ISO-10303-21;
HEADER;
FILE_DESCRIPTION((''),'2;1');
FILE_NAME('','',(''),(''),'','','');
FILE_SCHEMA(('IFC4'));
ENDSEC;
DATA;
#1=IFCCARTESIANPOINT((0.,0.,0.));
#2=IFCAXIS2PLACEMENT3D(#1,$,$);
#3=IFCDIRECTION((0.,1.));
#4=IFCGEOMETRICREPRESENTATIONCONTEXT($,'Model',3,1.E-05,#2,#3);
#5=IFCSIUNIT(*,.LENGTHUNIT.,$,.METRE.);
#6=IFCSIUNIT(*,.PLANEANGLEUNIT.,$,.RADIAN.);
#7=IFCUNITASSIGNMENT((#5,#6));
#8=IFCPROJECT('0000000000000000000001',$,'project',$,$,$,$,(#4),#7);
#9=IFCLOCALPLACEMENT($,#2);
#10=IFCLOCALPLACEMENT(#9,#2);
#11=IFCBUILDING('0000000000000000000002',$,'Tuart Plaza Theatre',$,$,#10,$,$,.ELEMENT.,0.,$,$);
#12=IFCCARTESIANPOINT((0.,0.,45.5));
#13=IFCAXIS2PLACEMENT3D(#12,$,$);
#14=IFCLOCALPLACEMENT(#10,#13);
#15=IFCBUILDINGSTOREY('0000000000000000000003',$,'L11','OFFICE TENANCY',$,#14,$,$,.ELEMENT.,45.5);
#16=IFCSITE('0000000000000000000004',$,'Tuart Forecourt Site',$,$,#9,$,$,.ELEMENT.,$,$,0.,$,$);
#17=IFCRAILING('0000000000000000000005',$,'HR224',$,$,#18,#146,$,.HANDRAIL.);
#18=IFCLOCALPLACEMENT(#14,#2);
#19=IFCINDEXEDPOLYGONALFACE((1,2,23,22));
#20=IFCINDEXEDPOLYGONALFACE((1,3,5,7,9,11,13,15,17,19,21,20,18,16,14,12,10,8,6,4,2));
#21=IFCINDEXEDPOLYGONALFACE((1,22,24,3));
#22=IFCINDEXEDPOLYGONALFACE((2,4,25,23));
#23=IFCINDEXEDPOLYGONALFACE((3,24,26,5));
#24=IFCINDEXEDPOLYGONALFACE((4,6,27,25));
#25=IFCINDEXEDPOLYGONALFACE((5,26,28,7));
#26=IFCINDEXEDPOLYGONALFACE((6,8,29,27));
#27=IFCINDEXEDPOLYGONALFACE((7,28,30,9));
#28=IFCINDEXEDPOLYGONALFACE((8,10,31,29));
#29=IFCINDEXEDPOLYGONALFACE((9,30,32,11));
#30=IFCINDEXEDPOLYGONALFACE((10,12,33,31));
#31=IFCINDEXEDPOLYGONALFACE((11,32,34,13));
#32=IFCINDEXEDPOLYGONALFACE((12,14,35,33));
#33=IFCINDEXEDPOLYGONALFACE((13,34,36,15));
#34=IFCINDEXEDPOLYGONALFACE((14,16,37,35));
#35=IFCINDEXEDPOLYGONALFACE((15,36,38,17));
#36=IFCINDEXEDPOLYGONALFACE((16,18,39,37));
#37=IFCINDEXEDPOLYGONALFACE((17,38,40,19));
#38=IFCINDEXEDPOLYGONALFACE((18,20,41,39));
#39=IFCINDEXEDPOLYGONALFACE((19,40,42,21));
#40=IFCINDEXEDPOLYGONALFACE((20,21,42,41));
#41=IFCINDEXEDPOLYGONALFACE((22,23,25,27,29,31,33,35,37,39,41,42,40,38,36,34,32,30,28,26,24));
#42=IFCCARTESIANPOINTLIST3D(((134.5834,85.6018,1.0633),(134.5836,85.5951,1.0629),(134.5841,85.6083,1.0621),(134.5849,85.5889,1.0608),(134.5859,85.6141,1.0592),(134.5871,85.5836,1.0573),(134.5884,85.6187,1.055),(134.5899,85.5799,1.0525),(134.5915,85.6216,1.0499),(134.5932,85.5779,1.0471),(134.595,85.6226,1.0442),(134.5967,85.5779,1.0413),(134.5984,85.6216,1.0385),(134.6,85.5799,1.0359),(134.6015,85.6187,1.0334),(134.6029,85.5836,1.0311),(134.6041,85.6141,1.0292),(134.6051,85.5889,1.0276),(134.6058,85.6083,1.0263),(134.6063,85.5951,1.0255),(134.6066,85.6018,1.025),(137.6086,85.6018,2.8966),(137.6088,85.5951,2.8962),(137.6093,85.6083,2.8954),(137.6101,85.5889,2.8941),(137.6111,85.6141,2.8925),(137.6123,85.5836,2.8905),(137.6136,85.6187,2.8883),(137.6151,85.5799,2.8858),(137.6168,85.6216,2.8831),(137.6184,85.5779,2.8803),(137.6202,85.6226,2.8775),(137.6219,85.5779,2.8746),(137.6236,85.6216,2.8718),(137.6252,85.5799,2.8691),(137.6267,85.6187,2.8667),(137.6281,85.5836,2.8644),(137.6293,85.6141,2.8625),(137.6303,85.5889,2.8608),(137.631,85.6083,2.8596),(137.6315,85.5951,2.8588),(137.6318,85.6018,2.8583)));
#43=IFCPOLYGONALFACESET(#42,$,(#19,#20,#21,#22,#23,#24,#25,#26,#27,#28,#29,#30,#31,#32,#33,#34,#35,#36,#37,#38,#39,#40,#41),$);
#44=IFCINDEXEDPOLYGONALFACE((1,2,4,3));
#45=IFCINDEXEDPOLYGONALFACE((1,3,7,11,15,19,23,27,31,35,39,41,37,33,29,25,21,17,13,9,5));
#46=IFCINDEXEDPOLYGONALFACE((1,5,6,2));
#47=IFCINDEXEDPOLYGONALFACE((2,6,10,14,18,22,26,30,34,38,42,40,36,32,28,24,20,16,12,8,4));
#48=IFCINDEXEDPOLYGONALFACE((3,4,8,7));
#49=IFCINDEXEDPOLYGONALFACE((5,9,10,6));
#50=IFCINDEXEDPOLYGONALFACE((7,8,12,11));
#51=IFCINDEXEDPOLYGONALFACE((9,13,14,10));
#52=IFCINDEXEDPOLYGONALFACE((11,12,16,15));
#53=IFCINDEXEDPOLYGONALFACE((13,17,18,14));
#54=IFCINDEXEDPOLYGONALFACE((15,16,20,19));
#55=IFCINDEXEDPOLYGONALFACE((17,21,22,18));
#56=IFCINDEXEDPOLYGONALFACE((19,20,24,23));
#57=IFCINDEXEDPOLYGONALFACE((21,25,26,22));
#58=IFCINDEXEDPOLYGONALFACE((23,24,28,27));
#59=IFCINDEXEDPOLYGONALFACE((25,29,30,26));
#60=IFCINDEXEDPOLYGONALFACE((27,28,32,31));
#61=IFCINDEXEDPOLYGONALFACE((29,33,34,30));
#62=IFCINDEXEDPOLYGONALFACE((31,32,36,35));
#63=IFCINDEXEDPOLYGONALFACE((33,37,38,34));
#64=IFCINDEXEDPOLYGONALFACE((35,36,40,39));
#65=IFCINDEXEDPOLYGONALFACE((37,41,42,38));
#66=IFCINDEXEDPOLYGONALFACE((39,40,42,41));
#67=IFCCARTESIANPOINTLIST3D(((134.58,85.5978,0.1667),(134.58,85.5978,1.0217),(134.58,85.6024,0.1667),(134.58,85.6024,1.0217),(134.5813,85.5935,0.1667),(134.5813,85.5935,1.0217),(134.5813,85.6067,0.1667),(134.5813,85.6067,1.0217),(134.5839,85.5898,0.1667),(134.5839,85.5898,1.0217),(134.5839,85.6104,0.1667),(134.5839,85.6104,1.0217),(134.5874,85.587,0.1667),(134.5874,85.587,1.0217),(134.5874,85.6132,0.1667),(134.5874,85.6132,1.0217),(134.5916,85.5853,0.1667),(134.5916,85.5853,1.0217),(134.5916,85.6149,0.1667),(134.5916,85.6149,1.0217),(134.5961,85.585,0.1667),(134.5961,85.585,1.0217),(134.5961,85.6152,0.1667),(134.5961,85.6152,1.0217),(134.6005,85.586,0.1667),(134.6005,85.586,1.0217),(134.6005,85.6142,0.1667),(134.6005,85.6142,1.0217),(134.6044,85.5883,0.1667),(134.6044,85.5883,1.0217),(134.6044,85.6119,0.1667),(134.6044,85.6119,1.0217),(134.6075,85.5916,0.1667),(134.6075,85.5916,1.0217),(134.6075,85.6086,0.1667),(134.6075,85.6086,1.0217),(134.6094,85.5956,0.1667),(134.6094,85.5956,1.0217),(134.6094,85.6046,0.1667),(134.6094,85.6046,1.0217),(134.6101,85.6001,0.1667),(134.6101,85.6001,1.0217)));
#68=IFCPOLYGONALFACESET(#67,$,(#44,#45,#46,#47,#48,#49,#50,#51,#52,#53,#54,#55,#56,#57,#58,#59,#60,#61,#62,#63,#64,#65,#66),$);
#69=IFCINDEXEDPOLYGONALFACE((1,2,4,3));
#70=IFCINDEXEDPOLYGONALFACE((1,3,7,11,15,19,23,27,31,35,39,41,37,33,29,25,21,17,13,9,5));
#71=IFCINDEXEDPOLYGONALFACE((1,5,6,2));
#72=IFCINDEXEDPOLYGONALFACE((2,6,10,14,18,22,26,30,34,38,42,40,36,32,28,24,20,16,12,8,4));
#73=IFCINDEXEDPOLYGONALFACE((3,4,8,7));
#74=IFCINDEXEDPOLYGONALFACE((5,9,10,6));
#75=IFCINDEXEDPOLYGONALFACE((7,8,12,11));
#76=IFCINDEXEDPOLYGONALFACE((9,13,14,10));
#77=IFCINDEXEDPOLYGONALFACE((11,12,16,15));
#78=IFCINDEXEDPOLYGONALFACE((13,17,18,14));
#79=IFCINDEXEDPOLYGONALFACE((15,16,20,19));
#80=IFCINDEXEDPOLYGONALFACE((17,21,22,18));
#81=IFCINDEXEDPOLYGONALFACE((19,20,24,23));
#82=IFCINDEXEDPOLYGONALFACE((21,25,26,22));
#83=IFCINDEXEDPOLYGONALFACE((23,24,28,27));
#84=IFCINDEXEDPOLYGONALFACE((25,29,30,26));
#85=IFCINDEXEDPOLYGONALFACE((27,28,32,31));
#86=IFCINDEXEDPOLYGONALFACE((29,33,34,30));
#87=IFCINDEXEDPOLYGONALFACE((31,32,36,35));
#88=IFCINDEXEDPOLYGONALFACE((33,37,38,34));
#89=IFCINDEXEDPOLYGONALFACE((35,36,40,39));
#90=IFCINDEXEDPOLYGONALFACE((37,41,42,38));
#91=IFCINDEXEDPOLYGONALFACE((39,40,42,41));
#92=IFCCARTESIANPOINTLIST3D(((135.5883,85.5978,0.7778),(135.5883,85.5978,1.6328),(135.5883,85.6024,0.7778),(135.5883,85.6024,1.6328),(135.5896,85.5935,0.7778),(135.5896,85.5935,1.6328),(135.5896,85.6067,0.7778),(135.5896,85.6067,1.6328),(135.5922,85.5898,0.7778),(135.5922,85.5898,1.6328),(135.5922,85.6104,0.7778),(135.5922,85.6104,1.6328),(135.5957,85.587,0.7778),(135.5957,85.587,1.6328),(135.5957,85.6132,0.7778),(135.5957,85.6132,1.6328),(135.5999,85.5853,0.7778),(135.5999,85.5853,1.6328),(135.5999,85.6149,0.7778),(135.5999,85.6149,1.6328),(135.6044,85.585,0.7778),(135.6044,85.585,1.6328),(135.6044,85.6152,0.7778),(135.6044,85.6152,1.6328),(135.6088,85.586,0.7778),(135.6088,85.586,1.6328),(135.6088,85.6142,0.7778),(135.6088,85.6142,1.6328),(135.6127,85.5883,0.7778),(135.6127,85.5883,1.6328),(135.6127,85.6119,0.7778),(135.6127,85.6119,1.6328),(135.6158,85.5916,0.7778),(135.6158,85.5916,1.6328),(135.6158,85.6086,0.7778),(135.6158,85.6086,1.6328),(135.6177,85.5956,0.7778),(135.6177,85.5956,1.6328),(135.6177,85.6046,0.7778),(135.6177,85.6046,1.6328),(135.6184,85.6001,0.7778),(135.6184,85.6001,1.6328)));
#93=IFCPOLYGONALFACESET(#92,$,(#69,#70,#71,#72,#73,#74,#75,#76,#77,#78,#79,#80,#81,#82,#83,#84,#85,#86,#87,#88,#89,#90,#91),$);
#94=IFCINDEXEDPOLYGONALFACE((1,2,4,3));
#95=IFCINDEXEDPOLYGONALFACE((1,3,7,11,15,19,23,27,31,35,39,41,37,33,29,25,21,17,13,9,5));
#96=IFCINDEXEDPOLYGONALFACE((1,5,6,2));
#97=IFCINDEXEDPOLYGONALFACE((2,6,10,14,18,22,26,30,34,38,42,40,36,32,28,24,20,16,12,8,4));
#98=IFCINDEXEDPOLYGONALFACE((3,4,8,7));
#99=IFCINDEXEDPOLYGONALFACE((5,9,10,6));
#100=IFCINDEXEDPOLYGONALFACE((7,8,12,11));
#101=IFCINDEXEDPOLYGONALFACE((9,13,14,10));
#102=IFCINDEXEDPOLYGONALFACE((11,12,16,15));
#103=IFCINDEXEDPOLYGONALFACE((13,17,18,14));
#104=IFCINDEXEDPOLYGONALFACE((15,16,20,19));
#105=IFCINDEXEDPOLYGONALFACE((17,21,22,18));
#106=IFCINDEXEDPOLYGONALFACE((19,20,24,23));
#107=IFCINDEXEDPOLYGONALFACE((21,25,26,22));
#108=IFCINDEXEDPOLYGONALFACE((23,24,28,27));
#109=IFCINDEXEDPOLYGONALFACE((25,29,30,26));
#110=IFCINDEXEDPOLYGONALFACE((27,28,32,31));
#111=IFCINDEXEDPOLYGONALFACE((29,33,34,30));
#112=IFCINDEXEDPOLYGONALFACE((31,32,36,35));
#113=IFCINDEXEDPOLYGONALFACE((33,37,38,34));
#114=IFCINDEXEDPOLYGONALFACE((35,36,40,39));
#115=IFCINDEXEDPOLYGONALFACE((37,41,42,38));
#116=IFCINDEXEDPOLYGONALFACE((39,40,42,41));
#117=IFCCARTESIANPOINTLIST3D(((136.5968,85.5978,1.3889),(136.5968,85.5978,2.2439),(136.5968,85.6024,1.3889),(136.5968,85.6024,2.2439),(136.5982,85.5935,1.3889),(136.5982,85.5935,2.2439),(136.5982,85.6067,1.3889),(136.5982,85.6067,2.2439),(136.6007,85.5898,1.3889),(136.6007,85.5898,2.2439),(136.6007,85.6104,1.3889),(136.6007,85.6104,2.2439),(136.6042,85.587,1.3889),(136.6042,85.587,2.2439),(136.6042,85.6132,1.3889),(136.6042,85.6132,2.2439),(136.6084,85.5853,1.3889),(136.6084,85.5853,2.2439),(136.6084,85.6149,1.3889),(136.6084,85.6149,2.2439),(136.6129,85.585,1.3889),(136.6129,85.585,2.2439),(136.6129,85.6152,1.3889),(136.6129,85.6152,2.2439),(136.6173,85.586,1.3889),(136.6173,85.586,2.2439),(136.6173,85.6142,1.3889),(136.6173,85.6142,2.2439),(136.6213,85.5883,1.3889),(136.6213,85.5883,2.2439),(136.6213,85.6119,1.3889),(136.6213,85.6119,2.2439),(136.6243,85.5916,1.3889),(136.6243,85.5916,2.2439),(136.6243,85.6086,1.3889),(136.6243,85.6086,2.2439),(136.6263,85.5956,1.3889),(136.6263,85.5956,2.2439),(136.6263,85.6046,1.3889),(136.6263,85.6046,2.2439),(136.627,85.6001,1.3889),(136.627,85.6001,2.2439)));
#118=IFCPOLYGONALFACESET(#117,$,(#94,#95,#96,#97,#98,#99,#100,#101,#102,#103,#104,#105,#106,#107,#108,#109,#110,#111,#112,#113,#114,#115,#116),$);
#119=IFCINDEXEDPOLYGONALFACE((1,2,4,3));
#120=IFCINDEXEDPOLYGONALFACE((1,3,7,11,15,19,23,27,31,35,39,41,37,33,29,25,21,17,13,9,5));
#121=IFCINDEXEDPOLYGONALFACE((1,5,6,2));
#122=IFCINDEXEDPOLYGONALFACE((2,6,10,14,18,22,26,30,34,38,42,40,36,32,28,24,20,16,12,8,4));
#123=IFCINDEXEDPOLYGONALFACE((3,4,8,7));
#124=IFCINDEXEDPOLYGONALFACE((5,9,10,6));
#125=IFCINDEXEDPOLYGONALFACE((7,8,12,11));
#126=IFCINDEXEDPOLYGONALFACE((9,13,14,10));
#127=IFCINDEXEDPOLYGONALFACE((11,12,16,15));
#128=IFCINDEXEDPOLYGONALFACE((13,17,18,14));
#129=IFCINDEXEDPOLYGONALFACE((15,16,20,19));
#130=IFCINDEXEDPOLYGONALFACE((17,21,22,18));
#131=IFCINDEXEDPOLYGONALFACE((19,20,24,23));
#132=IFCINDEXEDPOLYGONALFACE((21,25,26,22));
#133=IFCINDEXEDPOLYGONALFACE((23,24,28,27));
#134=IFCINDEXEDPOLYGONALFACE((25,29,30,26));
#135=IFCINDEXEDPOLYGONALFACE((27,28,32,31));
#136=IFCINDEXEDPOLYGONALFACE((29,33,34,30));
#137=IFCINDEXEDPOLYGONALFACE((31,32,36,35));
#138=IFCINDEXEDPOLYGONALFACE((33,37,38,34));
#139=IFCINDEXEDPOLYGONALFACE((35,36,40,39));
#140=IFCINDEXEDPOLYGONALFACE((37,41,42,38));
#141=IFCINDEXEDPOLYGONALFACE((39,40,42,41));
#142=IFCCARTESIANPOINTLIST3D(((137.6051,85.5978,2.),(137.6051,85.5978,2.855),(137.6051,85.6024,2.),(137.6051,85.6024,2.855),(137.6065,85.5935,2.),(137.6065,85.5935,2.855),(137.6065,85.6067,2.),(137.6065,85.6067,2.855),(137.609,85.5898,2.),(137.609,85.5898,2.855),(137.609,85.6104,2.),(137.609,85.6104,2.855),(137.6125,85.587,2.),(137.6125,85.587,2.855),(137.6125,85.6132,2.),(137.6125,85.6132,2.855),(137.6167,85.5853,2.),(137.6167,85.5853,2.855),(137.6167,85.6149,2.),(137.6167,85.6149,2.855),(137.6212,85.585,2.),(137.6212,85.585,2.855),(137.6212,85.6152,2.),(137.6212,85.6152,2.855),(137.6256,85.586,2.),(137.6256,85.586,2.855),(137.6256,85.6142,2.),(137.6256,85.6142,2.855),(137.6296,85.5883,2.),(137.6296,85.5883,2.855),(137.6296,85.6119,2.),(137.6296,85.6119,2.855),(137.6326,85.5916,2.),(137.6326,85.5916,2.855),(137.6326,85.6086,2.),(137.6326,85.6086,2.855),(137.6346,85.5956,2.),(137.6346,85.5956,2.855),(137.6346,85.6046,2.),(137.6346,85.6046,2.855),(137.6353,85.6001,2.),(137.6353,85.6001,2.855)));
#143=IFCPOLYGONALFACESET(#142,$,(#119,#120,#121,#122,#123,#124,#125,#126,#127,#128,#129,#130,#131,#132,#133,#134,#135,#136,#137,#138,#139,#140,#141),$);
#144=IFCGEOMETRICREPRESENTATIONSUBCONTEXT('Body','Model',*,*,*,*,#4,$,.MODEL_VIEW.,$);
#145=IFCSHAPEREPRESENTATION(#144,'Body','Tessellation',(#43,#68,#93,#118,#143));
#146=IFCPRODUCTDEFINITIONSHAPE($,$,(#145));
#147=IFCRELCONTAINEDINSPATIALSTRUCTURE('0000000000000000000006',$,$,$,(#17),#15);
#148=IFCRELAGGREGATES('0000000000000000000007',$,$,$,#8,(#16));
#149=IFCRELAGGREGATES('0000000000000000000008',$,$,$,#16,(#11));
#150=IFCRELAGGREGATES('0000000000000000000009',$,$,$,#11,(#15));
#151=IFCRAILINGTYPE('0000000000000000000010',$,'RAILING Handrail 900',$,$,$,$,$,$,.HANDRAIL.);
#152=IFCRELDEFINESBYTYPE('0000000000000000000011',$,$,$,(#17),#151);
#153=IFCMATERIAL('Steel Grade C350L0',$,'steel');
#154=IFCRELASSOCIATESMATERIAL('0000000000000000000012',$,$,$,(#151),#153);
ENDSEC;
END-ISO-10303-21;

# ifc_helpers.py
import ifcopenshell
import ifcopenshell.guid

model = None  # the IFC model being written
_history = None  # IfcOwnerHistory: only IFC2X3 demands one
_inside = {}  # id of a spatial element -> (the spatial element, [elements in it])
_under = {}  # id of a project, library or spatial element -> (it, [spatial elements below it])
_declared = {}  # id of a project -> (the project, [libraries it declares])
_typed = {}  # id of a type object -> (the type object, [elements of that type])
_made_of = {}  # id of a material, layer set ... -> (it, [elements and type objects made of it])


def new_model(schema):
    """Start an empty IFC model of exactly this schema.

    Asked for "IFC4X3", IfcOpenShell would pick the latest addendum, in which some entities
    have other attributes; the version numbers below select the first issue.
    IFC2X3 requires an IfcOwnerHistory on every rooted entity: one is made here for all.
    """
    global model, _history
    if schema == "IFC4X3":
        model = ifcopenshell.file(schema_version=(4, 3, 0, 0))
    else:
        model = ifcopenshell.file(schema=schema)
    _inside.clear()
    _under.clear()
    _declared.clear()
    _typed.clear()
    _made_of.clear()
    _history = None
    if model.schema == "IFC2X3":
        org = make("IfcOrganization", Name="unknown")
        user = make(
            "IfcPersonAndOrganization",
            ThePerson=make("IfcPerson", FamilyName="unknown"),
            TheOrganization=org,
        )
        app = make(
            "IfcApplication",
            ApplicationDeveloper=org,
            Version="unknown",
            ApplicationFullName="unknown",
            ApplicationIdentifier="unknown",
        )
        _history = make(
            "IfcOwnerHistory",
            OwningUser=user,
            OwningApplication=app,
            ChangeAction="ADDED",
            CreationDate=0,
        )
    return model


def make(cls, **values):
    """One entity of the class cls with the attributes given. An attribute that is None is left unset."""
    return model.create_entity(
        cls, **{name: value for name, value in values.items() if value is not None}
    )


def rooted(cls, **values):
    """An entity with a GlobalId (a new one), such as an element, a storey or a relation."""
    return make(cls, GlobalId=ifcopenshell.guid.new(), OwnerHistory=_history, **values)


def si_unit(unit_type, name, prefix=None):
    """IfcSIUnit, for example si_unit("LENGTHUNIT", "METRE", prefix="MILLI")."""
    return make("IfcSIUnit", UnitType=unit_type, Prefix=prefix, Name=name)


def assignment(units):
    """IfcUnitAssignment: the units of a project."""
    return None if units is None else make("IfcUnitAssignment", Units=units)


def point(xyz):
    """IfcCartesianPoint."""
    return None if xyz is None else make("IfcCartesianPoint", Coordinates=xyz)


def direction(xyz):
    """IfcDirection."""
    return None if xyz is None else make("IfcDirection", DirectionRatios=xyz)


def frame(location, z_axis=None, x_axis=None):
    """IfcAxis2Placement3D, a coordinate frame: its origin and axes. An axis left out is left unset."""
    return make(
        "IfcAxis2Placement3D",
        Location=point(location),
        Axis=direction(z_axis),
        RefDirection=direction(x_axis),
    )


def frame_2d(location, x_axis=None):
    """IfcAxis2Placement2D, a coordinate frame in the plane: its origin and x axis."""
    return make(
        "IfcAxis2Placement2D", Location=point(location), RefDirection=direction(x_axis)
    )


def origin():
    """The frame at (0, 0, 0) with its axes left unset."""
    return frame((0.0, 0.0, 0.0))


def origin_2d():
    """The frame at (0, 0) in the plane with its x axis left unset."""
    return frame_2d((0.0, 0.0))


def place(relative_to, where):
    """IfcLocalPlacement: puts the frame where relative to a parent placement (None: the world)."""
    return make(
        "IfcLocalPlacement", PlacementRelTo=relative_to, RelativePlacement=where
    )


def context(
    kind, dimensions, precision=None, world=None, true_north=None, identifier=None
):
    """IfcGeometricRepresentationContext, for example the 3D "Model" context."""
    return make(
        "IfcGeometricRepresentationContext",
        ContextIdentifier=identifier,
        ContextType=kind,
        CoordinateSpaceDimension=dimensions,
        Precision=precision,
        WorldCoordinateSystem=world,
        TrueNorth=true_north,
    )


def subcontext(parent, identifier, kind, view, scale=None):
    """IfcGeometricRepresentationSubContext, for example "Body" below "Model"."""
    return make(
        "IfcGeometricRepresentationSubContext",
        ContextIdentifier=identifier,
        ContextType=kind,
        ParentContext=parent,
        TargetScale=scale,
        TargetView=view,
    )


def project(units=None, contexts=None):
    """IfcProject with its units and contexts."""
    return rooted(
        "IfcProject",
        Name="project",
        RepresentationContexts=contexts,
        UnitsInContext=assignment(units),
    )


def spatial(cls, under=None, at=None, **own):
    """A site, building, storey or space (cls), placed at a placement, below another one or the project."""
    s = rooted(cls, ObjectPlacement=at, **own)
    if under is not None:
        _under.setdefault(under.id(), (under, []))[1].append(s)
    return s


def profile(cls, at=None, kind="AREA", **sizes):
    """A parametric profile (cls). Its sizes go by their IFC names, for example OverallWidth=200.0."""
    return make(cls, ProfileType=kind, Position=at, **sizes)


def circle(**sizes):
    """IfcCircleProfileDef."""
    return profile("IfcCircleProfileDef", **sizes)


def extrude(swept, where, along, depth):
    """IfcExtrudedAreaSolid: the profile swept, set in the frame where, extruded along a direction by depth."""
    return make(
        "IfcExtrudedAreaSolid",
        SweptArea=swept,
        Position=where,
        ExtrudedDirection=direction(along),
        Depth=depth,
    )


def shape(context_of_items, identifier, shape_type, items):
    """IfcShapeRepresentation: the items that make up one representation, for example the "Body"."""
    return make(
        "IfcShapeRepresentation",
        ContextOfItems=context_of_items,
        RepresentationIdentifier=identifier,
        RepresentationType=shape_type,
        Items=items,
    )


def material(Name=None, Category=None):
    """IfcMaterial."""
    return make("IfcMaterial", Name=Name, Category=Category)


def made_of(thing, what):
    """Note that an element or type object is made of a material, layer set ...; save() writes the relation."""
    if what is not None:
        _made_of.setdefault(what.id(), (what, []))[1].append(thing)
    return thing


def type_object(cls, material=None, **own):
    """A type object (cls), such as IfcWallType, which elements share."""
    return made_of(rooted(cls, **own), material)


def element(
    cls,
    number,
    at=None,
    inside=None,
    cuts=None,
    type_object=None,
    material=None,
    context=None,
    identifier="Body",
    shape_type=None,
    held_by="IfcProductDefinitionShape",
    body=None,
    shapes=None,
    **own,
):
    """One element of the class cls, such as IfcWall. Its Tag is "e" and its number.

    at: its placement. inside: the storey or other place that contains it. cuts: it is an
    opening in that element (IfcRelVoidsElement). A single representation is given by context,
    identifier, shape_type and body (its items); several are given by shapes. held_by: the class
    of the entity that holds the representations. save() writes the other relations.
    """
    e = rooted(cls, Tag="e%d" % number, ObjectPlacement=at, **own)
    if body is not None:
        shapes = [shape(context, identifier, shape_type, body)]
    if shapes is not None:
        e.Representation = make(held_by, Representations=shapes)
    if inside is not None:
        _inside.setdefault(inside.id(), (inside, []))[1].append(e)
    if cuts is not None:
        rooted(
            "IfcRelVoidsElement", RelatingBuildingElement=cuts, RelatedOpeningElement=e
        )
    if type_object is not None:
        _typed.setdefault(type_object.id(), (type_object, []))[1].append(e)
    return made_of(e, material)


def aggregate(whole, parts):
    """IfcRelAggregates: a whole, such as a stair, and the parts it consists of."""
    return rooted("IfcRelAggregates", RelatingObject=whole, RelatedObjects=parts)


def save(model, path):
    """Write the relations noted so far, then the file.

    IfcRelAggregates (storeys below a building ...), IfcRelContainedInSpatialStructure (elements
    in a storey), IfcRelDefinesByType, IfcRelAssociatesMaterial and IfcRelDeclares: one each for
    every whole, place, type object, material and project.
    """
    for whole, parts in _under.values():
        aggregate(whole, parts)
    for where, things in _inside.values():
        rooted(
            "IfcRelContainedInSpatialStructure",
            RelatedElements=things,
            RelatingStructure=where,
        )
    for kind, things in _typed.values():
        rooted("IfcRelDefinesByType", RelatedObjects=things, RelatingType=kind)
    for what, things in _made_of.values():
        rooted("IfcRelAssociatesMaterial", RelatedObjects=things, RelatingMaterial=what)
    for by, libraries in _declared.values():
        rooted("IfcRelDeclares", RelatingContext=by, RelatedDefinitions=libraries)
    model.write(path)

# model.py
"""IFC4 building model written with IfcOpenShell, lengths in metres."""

from ifc_helpers import new_model, si_unit, direction, frame, origin, origin_2d, place, context, subcontext, project, spatial, circle, extrude, material, type_object, element, save


model = new_model("IFC4")

# Units and contexts
model_context = context("Model", 3, precision=1e-05, world=origin(), true_north=direction((0.0, 1.0)))
body_context = subcontext(model_context, "Body", "Model", "MODEL_VIEW")
ifc_project = project(units=[si_unit("LENGTHUNIT", "METRE"), si_unit("PLANEANGLEUNIT", "RADIAN")], contexts=[model_context])

# Site, building, storey
site_placement = place(None, origin())
site = spatial("IfcSite", under=ifc_project, at=site_placement, Name="Tuart Forecourt Site", CompositionType="ELEMENT", RefElevation=0.0)
building_placement = place(site_placement, origin())
building = spatial("IfcBuilding", under=site, at=building_placement, Name="Tuart Plaza Theatre", CompositionType="ELEMENT", ElevationOfRefHeight=0.0)
storey_placement = place(building_placement, frame((0.0, 0.0, 45.5)))
storey = spatial("IfcBuildingStorey", under=building, at=storey_placement, Name="L11", Description="OFFICE TENANCY", CompositionType="ELEMENT", Elevation=45.5)

# Railing
ifc_material_1 = material(Name="Steel Grade C350L0", Category="steel")
railing_type_1 = type_object("IfcRailingType", Name="RAILING Handrail 900", PredefinedType="HANDRAIL", material=ifc_material_1)
for number, where, name in (
    (1, (134.595, 85.6001, 0.1667), "HR224"),
):
    element("IfcRailing", number, at=place(storey_placement, frame(where)), inside=storey, type_object=railing_type_1, Name=name, PredefinedType="HANDRAIL", context=body_context, shape_type="SweptSolid", body=[
        extrude(circle(Radius=0.0225, at=origin_2d()), frame((0.0, 0.0, 0.8774), z_axis=(0.855219, 0.0, 0.518267), x_axis=(0.0, 1.0, 0.0)), (0.0, 0.0, 1.0), 3.5374),
        extrude(circle(Radius=0.0151, at=origin_2d()), origin(), (0.0, 0.0, 1.0), 0.855),
        extrude(circle(Radius=0.0151, at=origin_2d()), frame((1.0083, 0.0, 0.6111)), (0.0, 0.0, 1.0), 0.855),
        extrude(circle(Radius=0.0151, at=origin_2d()), frame((2.0168, 0.0, 1.2222)), (0.0, 0.0, 1.0), 0.855),
        extrude(circle(Radius=0.0151, at=origin_2d()), frame((3.0251, 0.0, 1.8333)), (0.0, 0.0, 1.0), 0.855),
    ])

save(model, "model.ifc")
